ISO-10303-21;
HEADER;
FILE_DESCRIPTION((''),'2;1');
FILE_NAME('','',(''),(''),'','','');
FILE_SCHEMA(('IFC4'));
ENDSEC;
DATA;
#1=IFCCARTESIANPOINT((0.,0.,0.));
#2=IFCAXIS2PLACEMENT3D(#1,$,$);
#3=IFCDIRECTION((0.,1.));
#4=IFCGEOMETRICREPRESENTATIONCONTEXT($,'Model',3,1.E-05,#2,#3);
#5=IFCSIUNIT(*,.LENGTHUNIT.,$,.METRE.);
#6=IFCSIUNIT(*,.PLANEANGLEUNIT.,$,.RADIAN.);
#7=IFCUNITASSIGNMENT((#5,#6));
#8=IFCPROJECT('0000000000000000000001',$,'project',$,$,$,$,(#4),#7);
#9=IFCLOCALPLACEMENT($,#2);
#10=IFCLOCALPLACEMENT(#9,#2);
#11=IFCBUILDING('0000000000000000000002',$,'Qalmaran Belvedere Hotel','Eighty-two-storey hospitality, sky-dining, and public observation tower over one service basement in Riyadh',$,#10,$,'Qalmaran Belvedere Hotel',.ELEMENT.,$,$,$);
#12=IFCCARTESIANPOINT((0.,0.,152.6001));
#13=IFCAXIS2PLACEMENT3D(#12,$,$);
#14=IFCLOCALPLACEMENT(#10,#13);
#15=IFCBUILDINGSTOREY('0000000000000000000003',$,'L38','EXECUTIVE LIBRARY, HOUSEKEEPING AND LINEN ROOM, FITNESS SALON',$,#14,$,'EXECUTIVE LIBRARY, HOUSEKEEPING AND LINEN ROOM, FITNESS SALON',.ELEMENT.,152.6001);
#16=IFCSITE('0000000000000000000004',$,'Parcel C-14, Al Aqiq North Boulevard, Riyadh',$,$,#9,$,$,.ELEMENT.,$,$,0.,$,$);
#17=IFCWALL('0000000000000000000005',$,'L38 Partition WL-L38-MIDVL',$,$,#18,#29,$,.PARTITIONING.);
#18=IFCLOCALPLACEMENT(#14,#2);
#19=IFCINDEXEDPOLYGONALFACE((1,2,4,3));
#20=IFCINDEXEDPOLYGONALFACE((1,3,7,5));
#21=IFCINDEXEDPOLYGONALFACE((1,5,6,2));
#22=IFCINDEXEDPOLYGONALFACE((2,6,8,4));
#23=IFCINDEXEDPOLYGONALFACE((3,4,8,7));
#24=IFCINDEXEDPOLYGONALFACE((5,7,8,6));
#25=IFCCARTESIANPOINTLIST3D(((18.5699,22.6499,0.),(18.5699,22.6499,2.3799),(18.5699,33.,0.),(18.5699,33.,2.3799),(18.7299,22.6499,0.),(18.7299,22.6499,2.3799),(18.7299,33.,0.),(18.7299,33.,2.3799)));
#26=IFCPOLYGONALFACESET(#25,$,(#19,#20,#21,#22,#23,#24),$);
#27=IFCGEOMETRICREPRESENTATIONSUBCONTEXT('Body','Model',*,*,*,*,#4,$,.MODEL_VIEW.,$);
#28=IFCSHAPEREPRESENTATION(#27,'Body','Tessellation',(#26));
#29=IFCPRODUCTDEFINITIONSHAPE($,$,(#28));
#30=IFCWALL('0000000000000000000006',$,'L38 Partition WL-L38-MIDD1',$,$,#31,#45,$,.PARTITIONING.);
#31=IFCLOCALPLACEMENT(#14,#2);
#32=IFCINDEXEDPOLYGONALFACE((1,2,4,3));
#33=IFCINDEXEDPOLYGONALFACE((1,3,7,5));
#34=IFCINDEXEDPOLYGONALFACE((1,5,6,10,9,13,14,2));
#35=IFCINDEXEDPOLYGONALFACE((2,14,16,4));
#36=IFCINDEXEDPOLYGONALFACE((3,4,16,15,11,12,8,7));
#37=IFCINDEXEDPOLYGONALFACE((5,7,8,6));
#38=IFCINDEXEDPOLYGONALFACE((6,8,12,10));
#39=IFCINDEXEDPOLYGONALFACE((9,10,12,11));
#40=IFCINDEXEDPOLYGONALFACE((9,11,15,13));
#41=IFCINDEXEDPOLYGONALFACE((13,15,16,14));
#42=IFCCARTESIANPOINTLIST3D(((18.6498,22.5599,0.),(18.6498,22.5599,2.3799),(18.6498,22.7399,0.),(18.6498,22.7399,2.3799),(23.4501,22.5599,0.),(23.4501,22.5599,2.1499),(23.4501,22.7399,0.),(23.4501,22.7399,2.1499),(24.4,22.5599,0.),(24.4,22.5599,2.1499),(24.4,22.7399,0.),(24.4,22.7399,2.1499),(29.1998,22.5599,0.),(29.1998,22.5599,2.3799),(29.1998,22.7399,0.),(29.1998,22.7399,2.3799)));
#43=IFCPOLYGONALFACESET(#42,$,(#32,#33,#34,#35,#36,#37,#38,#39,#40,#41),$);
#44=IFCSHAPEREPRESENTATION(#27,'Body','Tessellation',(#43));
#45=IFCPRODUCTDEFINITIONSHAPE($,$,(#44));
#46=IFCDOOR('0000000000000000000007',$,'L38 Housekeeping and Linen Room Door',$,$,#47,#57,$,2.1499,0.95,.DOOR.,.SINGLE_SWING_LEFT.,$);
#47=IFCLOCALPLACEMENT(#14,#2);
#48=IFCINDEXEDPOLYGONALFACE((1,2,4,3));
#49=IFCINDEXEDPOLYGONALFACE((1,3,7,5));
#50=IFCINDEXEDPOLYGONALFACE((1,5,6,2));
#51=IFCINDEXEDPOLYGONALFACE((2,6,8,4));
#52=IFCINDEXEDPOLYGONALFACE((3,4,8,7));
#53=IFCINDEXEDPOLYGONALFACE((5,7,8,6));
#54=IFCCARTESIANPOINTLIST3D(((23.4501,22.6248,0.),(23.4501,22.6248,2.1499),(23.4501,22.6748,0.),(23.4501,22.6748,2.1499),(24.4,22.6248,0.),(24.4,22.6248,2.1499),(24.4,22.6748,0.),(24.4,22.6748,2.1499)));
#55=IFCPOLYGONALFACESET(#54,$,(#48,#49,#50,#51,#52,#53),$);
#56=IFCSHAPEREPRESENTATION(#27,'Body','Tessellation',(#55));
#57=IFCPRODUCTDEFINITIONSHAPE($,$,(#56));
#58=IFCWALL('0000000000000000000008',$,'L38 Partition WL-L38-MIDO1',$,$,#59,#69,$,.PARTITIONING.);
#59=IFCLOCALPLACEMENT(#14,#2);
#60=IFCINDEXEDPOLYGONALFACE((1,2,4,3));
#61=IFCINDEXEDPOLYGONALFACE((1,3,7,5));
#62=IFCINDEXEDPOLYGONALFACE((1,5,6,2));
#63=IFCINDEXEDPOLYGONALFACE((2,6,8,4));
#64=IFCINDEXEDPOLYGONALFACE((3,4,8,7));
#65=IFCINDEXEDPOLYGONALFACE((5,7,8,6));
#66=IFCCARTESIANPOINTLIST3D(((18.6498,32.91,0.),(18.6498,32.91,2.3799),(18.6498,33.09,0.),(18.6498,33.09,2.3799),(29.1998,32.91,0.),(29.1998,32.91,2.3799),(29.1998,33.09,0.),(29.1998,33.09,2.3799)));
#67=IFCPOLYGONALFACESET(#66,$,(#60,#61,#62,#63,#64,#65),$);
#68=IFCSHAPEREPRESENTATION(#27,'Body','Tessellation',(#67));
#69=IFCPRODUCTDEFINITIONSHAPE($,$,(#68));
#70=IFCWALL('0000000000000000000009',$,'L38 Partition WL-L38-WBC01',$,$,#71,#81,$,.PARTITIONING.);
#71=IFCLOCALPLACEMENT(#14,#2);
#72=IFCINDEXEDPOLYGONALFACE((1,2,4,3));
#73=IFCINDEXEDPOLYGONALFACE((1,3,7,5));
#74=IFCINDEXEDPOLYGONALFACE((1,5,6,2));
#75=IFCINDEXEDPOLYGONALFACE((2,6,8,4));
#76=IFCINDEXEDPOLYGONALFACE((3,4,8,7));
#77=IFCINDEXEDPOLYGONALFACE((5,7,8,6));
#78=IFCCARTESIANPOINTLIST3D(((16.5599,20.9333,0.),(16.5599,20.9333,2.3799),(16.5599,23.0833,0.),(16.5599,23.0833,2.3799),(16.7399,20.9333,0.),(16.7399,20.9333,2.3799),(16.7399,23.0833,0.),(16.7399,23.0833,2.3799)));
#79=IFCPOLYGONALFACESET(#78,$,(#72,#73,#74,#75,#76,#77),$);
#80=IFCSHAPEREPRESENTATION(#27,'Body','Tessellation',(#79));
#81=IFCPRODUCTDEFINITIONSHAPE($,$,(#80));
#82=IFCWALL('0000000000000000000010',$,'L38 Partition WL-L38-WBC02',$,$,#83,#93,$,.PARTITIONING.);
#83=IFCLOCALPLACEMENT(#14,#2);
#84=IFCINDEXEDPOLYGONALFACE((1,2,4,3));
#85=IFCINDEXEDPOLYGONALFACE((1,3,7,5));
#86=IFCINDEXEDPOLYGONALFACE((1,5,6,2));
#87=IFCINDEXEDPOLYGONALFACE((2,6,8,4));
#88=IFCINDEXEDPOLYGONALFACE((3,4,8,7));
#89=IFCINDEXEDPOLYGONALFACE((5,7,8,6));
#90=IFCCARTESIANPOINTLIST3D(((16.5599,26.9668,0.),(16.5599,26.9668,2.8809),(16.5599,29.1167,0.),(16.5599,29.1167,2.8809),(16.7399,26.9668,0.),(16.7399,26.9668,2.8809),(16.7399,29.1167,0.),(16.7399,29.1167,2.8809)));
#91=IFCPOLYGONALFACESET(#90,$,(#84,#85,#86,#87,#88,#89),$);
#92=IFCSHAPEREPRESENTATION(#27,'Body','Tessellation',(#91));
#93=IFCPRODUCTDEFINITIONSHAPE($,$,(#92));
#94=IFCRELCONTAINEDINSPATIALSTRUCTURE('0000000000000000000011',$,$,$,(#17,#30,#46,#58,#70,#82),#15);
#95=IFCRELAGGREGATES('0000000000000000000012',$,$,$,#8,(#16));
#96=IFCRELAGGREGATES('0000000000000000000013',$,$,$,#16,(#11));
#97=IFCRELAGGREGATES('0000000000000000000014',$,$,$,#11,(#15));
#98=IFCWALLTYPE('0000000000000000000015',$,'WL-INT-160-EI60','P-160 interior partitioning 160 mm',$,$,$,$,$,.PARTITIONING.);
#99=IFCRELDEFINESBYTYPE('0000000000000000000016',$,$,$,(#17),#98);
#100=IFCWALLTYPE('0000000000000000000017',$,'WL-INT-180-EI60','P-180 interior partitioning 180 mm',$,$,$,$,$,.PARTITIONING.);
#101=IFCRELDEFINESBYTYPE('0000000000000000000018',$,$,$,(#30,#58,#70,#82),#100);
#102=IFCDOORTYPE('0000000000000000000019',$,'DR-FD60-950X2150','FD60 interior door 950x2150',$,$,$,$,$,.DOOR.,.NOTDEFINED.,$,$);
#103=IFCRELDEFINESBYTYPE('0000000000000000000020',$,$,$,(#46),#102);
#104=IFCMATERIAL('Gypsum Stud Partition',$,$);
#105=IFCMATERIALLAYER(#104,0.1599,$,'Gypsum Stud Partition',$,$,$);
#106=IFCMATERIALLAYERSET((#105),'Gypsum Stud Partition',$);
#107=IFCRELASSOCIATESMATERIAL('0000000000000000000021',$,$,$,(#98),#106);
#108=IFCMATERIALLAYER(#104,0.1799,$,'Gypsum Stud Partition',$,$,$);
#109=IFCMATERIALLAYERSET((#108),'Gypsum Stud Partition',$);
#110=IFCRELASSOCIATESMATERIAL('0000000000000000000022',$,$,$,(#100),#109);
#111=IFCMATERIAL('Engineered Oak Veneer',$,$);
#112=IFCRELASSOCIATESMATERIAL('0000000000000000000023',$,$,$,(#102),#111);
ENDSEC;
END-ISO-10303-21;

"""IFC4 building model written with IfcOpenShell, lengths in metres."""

from ifc_helpers import new_model, si_unit, direction, frame, frame_2d, origin, place, context, subcontext, project, spatial, rectangle, extrude, material, layer, layer_set, type_object, element, fill, save


model = new_model("IFC4")

# Units and contexts
model_context = context("Model", 3, precision=1e-05, world=origin(), true_north=direction((0.0, 1.0)))
body_context = subcontext(model_context, "Body", "Model", "MODEL_VIEW")
ifc_project = project(units=[si_unit("LENGTHUNIT", "METRE"), si_unit("PLANEANGLEUNIT", "RADIAN")], contexts=[model_context])

# Site, building, storey
site_placement = place(None, origin())
site = spatial("IfcSite", under=ifc_project, at=site_placement, Name="Parcel C-14, Al Aqiq North Boulevard, Riyadh", CompositionType="ELEMENT", RefElevation=0.0)
building_placement = place(site_placement, origin())
building = spatial("IfcBuilding", under=site, at=building_placement, Name="Qalmaran Belvedere Hotel", Description="Eighty-two-storey hospitality, sky-dining, and public observation tower over one service basement in Riyadh", LongName="Qalmaran Belvedere Hotel", CompositionType="ELEMENT")
storey_placement = place(building_placement, frame((0.0, 0.0, 152.6001)))
storey = spatial("IfcBuildingStorey", under=building, at=storey_placement, Name="L38", Description="EXECUTIVE LIBRARY, HOUSEKEEPING AND LINEN ROOM, FITNESS SALON", LongName="EXECUTIVE LIBRARY, HOUSEKEEPING AND LINEN ROOM, FITNESS SALON", CompositionType="ELEMENT", Elevation=152.6001)

# Shared definitions
ifc_material_1 = material(Name="Gypsum Stud Partition")

# Wall
ifc_layer_1 = layer(ifc_material_1, 0.1599, Name="Gypsum Stud Partition")
ifc_layer_set_1 = layer_set([ifc_layer_1], Name="Gypsum Stud Partition")
wall_type_1 = type_object("IfcWallType", Name="WL-INT-160-EI60", Description="P-160 interior partitioning 160 mm", PredefinedType="PARTITIONING", material=ifc_layer_set_1)
wall_1_placement = place(storey_placement, frame((18.6499, 22.6499, 0.0), z_axis=(0.0, 0.0, 1.0), x_axis=(0.0, 1.0, 0.0)))
element("IfcWall", 1, at=wall_1_placement, inside=storey, type_object=wall_type_1, Name="L38 Partition WL-L38-MIDVL", PredefinedType="PARTITIONING", context=body_context, shape_type="SweptSolid", body=[
    extrude(rectangle(XDim=10.3501, YDim=0.1599, at=frame_2d((5.175, 0.0))), origin(), (0.0, 0.0, 1.0), 2.3799),
])

# Wall, opening, door
ifc_layer_2 = layer(ifc_material_1, 0.1799, Name="Gypsum Stud Partition")
ifc_layer_set_2 = layer_set([ifc_layer_2], Name="Gypsum Stud Partition")
wall_type_2 = type_object("IfcWallType", Name="WL-INT-180-EI60", Description="P-180 interior partitioning 180 mm", PredefinedType="PARTITIONING", material=ifc_layer_set_2)
wall_2_placement = place(storey_placement, frame((18.6499, 22.6499, 0.0), z_axis=(0.0, 0.0, 1.0), x_axis=(1.0, 0.0, 0.0)))
wall_2 = element("IfcWall", 2, at=wall_2_placement, inside=storey, type_object=wall_type_2, Name="L38 Partition WL-L38-MIDD1", PredefinedType="PARTITIONING", context=body_context, shape_type="SweptSolid", body=[
    extrude(rectangle(XDim=10.55, YDim=0.1799, at=frame_2d((5.2749, 0.0))), origin(), (0.0, 0.0, 1.0), 2.3799),
])
opening_1_placement = place(wall_2_placement, frame((4.8, 0.0, 0.0)))
opening_1 = element("IfcOpeningElement", 3, at=opening_1_placement, cuts=wall_2, PredefinedType="OPENING", context=body_context, shape_type="SweptSolid", body=[
    extrude(rectangle(XDim=0.95, YDim=2.1499, at=frame_2d((0.4751, 1.075))), frame((0.0, 0.1001, 0.0), z_axis=(0.0, -1.0, 0.0), x_axis=(1.0, 0.0, 0.0)), (0.0, 0.0, 1.0), 0.2),
])
ifc_material_2 = material(Name="Engineered Oak Veneer")
door_type_1 = type_object("IfcDoorType", Name="DR-FD60-950X2150", Description="FD60 interior door 950x2150", OperationType="NOTDEFINED", PredefinedType="DOOR", material=ifc_material_2)
door_1_placement = place(opening_1_placement, origin())
door_1 = element("IfcDoor", 4, at=door_1_placement, inside=storey, type_object=door_type_1, Name="L38 Housekeeping and Linen Room Door", OperationType="SINGLE_SWING_LEFT", OverallHeight=2.1499, OverallWidth=0.95, PredefinedType="DOOR", context=body_context, shape_type="SweptSolid", body=[
    extrude(rectangle(XDim=0.95, YDim=2.1499, at=frame_2d((0.4751, 1.075))), frame((0.0, 0.0249, 0.0), z_axis=(0.0, -1.0, 0.0), x_axis=(1.0, 0.0, 0.0)), (0.0, 0.0, 1.0), 0.05),
])
fill(opening_1, door_1)

# Walls
wall_3_placement = place(storey_placement, frame((18.6499, 33.0, 0.0), z_axis=(0.0, 0.0, 1.0), x_axis=(1.0, 0.0, 0.0)))
element("IfcWall", 5, at=wall_3_placement, inside=storey, type_object=wall_type_2, Name="L38 Partition WL-L38-MIDO1", PredefinedType="PARTITIONING", context=body_context, shape_type="SweptSolid", body=[
    extrude(rectangle(XDim=10.55, YDim=0.1799, at=frame_2d((5.2749, 0.0))), origin(), (0.0, 0.0, 1.0), 2.3799),
])
wall_4_placement = place(storey_placement, frame((16.6499, 20.9333, 0.0), z_axis=(0.0, 0.0, 1.0), x_axis=(0.0, 1.0, 0.0)))
element("IfcWall", 6, at=wall_4_placement, inside=storey, type_object=wall_type_2, Name="L38 Partition WL-L38-WBC01", PredefinedType="PARTITIONING", context=body_context, shape_type="SweptSolid", body=[
    extrude(rectangle(XDim=2.1499, YDim=0.1799, at=frame_2d((1.075, 0.0))), origin(), (0.0, 0.0, 1.0), 2.3799),
])

# Wall
wall_5_placement = place(storey_placement, frame((16.6499, 26.9668, 0.0), z_axis=(0.0, 0.0, 1.0), x_axis=(0.0, 1.0, 0.0)))
element("IfcWall", 7, at=wall_5_placement, inside=storey, type_object=wall_type_2, Name="L38 Partition WL-L38-WBC02", PredefinedType="PARTITIONING", context=body_context, shape_type="SweptSolid", body=[
    extrude(rectangle(XDim=2.1499, YDim=0.1799, at=frame_2d((1.075, 0.0))), origin(), (0.0, 0.0, 1.0), 2.8809),
])

save(model, "model.ifc")
